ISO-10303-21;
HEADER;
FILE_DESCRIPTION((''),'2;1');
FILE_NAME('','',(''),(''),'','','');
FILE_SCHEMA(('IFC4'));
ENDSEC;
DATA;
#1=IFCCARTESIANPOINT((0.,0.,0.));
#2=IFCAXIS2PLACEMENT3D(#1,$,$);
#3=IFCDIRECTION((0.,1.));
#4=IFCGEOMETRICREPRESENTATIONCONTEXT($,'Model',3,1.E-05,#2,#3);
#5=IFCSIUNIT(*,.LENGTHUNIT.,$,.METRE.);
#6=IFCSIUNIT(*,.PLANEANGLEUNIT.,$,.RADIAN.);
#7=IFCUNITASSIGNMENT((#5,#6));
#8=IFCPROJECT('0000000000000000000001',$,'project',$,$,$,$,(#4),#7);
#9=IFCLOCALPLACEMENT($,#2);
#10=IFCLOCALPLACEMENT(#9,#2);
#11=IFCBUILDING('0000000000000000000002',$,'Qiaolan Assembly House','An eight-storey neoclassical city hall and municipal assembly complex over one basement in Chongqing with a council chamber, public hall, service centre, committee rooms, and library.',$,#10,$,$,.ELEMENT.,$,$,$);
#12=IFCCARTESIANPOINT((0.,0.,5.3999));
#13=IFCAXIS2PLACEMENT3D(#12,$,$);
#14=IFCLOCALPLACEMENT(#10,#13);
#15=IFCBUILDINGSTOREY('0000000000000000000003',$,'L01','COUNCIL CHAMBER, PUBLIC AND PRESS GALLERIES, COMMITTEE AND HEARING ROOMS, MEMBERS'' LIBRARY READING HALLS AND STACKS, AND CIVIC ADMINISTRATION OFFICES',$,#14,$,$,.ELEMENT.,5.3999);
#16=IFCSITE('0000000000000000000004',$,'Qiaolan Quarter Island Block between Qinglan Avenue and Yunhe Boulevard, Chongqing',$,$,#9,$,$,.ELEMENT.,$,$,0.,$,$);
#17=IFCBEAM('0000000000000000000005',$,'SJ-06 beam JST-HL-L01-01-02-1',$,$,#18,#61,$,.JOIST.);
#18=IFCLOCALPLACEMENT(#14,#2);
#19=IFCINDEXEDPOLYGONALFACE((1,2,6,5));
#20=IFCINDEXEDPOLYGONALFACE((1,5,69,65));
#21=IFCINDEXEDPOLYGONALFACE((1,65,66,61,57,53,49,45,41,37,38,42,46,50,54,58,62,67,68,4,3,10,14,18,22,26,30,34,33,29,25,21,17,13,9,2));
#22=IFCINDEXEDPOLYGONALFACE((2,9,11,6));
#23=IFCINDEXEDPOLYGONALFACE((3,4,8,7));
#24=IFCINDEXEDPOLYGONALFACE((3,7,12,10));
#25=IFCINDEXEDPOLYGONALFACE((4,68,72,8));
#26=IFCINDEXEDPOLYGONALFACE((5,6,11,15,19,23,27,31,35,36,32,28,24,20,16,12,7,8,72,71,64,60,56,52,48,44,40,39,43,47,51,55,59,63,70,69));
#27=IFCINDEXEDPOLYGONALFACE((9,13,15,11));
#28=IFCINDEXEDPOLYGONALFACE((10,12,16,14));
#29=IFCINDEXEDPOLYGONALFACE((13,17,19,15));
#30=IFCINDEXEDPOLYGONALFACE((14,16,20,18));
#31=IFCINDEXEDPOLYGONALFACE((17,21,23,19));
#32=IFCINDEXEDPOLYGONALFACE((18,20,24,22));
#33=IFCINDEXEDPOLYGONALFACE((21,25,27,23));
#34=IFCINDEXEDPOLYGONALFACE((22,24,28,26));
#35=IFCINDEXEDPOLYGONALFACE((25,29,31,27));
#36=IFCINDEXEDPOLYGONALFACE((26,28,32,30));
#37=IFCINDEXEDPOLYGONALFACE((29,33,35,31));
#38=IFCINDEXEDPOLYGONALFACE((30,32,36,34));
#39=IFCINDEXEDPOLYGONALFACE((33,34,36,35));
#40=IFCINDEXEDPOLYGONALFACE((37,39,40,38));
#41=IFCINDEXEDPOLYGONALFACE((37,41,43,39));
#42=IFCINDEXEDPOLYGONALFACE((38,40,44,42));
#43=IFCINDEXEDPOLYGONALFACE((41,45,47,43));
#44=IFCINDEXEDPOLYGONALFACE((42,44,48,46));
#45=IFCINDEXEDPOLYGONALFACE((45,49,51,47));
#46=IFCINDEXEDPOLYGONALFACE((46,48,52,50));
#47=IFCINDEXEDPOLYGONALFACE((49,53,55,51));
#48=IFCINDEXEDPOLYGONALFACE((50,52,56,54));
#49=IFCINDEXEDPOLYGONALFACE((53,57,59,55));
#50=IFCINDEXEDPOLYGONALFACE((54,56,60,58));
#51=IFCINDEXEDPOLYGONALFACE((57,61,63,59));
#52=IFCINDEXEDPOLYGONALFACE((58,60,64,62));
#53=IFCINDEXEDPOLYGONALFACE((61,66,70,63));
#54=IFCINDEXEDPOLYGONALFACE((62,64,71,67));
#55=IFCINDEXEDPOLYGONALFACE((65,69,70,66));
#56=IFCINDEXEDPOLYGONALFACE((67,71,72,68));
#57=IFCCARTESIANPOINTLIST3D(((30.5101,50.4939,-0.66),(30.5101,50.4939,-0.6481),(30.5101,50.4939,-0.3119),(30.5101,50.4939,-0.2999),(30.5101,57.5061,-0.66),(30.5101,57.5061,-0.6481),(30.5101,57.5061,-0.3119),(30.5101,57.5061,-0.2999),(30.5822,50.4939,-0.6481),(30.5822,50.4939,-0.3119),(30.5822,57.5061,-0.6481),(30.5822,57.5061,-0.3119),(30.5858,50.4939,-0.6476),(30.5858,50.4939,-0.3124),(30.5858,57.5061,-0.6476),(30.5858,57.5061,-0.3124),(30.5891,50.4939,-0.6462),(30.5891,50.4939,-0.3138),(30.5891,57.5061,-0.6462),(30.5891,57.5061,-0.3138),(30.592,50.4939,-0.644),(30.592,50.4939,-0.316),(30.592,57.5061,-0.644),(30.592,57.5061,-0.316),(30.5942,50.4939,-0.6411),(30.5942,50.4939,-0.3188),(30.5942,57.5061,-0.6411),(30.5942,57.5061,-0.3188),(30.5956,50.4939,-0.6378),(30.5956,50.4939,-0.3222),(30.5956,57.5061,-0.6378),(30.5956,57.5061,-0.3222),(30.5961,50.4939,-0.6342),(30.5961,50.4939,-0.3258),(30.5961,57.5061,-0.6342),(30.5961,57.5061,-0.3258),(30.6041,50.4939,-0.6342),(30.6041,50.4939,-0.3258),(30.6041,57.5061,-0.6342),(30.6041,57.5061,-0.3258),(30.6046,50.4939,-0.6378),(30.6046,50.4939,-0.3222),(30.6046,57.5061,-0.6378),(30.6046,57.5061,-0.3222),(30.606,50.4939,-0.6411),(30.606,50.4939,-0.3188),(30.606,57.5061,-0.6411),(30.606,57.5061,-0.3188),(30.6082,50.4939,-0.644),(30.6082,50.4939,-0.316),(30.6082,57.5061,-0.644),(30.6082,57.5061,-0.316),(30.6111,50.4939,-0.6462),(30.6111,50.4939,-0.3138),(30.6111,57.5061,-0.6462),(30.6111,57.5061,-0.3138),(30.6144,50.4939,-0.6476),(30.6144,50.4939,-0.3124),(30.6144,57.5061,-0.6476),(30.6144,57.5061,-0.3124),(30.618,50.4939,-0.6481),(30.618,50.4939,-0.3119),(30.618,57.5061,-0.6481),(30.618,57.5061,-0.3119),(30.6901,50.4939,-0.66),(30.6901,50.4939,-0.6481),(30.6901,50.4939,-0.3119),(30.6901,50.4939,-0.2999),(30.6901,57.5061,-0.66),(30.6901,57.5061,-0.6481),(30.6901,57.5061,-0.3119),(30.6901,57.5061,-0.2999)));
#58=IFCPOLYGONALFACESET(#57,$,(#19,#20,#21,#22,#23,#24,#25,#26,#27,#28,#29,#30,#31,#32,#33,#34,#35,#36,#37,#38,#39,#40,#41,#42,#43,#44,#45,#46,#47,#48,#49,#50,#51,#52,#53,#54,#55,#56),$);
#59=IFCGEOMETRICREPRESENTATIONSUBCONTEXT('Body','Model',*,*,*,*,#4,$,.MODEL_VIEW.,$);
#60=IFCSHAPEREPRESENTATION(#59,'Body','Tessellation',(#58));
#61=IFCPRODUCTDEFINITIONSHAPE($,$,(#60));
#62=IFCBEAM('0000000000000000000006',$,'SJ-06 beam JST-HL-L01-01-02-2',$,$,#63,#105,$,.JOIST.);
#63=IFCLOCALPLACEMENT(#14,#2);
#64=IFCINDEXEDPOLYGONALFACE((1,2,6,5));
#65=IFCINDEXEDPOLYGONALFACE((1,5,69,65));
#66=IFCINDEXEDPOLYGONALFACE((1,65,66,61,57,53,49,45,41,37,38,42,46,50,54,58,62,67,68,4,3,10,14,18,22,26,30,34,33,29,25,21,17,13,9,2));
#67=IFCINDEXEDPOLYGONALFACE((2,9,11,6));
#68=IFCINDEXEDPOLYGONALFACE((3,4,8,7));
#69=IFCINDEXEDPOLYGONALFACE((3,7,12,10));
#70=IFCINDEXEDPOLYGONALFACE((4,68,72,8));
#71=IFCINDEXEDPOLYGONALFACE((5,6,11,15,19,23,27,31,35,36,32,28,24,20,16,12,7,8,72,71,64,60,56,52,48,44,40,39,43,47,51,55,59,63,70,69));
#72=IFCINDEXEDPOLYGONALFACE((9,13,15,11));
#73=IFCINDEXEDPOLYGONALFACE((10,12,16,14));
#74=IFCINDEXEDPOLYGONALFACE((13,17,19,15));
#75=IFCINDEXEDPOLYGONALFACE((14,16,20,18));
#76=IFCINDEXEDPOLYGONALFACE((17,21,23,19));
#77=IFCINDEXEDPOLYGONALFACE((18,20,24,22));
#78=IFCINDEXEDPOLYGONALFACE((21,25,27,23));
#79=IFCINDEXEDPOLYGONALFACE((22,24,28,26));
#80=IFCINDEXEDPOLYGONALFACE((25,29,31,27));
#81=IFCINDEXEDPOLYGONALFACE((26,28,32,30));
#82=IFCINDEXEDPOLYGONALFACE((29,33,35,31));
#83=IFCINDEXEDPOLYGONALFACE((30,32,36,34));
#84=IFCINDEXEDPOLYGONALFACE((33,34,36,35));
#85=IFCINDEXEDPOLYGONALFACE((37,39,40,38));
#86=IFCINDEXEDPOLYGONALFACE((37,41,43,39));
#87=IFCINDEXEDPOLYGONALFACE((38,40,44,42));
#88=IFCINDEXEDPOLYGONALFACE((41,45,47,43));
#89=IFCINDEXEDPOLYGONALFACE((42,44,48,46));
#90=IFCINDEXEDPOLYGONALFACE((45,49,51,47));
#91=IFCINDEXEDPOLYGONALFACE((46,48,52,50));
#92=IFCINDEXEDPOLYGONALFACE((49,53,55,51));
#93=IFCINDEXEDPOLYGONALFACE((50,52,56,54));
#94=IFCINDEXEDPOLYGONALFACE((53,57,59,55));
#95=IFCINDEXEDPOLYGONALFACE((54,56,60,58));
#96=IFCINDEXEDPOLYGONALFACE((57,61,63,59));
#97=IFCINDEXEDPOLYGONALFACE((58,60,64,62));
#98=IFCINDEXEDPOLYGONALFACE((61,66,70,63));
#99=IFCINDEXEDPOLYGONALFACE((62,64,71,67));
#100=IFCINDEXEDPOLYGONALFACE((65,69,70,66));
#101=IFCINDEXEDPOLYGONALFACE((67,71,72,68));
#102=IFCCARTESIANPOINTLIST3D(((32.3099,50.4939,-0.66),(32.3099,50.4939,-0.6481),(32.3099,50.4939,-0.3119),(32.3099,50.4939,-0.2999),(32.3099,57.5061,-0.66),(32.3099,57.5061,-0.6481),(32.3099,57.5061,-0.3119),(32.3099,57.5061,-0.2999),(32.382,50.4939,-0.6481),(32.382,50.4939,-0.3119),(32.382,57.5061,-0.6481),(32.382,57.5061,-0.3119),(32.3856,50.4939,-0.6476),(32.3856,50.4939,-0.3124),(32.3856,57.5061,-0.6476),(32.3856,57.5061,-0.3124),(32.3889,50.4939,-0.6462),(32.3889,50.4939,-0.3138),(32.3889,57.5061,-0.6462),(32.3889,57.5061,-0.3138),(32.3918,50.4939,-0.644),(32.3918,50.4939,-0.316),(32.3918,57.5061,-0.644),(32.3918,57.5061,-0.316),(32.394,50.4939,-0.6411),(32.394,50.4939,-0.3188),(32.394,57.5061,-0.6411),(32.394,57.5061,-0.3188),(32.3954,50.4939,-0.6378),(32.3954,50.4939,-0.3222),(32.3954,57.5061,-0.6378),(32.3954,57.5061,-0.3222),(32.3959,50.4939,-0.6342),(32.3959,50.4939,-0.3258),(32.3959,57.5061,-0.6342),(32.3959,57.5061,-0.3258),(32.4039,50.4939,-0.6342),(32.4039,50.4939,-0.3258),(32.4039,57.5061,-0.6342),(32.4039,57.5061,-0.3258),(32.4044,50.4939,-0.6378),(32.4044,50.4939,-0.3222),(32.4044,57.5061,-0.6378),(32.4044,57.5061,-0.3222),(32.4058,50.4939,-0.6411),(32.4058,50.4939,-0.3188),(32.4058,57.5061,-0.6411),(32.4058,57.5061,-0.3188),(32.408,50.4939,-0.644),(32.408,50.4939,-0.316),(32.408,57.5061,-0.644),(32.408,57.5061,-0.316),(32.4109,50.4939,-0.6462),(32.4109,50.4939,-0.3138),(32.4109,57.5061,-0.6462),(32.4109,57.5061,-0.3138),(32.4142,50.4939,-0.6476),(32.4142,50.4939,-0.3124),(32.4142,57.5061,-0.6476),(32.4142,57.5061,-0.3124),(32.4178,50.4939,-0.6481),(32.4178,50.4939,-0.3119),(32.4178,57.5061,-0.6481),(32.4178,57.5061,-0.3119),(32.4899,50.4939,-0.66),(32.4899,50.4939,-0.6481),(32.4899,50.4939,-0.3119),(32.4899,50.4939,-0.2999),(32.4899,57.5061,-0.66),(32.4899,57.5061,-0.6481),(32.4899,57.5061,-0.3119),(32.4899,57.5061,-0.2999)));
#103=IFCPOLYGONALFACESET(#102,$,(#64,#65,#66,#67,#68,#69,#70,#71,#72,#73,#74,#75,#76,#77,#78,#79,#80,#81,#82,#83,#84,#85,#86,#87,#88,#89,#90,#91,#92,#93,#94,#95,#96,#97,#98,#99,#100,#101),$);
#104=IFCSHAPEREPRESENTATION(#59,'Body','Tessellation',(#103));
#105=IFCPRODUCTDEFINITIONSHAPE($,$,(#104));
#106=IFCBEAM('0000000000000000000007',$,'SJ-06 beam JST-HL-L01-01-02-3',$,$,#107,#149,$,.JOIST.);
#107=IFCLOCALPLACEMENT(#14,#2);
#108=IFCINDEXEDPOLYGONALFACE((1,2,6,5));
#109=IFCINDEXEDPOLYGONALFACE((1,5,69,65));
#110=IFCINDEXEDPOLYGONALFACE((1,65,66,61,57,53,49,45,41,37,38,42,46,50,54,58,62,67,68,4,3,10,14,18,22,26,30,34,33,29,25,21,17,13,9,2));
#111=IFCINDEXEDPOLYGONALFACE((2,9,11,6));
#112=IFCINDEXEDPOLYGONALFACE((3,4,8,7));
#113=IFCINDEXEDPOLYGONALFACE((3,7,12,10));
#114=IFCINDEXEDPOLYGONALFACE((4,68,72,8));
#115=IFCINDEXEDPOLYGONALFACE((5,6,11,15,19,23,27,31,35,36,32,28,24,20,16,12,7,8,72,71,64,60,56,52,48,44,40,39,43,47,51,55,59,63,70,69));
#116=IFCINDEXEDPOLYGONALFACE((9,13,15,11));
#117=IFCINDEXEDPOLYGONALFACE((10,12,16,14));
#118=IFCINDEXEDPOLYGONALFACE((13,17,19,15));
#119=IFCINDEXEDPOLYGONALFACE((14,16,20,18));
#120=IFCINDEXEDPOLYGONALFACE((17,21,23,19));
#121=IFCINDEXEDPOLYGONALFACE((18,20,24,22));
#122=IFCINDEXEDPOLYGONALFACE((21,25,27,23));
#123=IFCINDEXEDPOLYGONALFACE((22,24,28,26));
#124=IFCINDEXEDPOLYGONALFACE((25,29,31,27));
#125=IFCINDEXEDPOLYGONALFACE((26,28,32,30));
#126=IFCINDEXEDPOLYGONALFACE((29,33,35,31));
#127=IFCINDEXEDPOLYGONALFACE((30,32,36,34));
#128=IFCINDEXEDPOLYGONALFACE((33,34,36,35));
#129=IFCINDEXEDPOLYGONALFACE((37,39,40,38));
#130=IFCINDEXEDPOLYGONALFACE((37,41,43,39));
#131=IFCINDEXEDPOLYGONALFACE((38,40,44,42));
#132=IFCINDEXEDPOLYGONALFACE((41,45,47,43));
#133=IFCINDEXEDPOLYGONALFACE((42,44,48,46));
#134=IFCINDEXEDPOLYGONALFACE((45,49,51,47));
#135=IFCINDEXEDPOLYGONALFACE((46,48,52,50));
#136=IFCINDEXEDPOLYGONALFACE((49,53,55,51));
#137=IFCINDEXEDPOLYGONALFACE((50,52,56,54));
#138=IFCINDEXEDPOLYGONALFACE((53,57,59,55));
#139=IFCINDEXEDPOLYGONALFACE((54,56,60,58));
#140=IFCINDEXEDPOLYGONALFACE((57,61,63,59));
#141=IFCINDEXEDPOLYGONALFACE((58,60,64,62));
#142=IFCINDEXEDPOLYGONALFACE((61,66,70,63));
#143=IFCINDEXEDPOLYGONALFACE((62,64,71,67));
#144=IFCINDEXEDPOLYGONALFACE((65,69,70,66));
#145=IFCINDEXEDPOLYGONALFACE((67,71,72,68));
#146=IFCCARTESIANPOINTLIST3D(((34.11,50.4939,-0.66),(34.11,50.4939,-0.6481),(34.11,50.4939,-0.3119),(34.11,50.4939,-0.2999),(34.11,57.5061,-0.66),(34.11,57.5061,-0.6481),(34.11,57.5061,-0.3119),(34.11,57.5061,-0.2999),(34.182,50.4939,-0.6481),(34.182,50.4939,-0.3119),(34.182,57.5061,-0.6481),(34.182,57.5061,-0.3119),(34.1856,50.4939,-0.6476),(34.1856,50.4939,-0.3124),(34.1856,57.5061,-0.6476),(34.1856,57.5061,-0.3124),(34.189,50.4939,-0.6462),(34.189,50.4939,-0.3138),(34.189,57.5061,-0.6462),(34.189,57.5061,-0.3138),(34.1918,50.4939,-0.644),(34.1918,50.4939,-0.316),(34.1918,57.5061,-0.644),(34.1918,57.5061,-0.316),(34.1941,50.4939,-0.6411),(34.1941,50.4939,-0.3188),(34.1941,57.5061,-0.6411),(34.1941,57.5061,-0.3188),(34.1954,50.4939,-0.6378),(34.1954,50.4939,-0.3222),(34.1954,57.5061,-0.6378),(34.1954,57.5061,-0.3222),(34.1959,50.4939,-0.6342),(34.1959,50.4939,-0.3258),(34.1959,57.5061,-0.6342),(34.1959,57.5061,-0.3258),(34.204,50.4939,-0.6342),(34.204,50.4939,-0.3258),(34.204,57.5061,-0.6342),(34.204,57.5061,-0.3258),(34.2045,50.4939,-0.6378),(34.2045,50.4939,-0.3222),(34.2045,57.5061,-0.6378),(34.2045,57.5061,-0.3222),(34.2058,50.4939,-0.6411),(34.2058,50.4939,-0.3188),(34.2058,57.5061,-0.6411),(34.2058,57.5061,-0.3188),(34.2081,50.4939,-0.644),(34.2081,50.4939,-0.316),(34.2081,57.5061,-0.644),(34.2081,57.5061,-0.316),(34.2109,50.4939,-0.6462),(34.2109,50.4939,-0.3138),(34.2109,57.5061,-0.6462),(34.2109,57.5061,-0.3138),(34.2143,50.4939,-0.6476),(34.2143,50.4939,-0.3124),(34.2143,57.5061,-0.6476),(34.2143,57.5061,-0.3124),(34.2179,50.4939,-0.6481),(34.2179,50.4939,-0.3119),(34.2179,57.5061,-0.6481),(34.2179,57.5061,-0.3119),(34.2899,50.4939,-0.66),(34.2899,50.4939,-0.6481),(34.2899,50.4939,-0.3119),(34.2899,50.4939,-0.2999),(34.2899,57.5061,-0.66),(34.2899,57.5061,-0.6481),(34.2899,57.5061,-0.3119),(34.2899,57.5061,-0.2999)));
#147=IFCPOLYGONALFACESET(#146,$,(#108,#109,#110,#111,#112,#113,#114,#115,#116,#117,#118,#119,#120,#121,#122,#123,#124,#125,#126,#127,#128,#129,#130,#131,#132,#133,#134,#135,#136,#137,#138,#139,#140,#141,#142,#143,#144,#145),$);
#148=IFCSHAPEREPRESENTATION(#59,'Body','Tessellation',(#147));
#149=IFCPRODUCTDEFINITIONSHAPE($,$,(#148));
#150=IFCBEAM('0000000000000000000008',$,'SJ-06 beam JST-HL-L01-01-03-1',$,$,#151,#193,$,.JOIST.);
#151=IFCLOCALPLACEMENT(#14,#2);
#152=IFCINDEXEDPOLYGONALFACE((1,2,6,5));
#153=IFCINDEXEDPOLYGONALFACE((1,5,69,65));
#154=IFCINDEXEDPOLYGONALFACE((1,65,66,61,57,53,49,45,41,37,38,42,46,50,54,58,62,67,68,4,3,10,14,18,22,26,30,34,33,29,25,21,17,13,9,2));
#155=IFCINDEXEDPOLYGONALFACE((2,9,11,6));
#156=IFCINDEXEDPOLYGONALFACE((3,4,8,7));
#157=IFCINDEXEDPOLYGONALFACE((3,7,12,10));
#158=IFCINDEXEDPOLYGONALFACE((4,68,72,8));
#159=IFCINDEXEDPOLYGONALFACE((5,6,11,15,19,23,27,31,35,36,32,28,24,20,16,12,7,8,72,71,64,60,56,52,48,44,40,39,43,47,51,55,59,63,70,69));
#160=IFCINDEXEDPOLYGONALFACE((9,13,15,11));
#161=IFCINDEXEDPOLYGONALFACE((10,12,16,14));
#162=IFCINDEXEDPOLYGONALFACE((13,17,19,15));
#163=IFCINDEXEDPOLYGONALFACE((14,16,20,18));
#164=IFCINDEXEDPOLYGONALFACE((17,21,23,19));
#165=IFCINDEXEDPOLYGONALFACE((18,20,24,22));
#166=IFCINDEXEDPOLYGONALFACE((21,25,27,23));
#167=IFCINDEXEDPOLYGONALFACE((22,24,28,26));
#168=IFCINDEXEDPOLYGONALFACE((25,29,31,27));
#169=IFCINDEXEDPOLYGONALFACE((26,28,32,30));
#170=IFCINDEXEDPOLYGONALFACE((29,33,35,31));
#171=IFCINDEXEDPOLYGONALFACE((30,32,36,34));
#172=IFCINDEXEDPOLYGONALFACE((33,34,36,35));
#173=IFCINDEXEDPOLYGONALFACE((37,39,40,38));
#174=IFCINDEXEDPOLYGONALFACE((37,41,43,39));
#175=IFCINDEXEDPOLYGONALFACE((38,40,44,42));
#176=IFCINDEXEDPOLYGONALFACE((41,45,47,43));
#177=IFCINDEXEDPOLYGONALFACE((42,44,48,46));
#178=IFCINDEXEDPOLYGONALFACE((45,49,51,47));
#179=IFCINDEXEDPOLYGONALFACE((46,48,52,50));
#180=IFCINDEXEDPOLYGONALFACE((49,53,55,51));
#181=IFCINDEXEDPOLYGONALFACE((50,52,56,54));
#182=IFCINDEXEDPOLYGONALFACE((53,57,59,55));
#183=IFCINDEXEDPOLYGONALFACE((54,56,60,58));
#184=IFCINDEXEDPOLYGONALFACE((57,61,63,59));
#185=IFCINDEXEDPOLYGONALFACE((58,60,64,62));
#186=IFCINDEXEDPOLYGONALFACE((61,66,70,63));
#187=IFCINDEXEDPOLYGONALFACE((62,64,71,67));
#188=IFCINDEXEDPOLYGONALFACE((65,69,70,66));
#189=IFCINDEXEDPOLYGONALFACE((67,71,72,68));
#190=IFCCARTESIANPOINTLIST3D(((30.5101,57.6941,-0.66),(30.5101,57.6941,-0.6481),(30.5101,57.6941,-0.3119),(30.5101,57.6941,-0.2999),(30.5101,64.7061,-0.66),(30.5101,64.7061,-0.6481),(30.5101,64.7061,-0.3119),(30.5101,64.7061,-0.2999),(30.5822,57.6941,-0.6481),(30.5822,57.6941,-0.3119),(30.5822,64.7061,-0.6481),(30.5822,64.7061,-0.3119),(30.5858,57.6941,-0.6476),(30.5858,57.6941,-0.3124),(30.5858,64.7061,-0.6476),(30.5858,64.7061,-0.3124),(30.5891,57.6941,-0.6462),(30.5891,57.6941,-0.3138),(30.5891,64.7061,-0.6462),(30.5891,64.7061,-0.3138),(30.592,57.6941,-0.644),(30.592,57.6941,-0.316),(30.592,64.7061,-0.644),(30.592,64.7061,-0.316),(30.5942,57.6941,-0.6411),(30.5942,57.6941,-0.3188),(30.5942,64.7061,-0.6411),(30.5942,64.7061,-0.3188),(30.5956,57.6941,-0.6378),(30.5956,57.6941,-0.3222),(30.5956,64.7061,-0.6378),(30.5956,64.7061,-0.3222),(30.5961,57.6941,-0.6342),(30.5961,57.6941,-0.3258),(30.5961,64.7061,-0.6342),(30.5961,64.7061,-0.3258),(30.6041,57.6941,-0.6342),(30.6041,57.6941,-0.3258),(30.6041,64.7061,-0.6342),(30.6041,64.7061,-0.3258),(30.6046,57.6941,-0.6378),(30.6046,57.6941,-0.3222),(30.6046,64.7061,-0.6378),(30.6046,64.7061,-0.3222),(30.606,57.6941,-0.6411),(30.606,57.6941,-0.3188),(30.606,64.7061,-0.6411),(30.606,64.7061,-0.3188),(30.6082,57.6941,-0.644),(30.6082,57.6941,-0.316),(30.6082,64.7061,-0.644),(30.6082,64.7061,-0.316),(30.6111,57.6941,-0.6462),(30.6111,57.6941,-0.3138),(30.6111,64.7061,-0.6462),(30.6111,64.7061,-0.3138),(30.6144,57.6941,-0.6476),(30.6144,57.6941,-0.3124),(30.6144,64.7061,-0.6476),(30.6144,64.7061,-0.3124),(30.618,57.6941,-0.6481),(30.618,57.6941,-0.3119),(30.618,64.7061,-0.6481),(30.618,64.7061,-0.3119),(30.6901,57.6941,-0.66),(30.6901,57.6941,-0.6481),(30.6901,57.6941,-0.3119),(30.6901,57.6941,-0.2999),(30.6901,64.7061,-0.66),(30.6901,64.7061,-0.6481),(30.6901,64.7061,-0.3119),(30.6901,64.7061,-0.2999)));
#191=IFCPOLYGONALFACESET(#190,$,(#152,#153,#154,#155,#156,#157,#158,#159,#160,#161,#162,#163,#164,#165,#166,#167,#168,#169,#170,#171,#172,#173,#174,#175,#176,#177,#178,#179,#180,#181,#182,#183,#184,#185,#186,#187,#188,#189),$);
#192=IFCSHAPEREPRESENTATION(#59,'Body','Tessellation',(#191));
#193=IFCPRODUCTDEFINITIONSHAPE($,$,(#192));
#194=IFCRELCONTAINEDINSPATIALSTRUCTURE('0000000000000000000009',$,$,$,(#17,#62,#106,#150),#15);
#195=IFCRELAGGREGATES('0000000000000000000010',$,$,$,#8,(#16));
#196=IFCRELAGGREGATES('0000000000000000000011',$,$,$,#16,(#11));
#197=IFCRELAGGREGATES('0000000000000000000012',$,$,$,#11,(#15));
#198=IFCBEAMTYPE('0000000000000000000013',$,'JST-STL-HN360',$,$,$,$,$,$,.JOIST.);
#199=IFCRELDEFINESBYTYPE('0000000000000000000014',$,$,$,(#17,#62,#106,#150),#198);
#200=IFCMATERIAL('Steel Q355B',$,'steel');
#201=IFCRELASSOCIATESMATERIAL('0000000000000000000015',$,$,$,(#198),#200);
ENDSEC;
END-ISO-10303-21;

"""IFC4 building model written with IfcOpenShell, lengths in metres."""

from ifc_helpers import new_model, si_unit, direction, frame, origin, origin_2d, place, context, subcontext, project, spatial, i_section, extrude, material, material_profile, profile_set, type_object, element, save


model = new_model("IFC4")

# Units and contexts
model_context = context("Model", 3, precision=1e-05, world=origin(), true_north=direction((0.0, 1.0)))
body_context = subcontext(model_context, "Body", "Model", "MODEL_VIEW")
ifc_project = project(units=[si_unit("LENGTHUNIT", "METRE"), si_unit("PLANEANGLEUNIT", "RADIAN")], contexts=[model_context])

# Site, building, storey
site_placement = place(None, origin())
site = spatial("IfcSite", under=ifc_project, at=site_placement, Name="Qiaolan Quarter Island Block between Qinglan Avenue and Yunhe Boulevard, Chongqing", CompositionType="ELEMENT", RefElevation=0.0)
building_placement = place(site_placement, origin())
building = spatial("IfcBuilding", under=site, at=building_placement, Name="Qiaolan Assembly House", Description="An eight-storey neoclassical city hall and municipal assembly complex over one basement in Chongqing with a council chamber, public hall, service centre, committee rooms, and library.", CompositionType="ELEMENT")
storey_placement = place(building_placement, frame((0.0, 0.0, 5.3999)))
storey = spatial("IfcBuildingStorey", under=building, at=storey_placement, Name="L01", Description="COUNCIL CHAMBER, PUBLIC AND PRESS GALLERIES, COMMITTEE AND HEARING ROOMS, MEMBERS' LIBRARY READING HALLS AND STACKS, AND CIVIC ADMINISTRATION OFFICES", CompositionType="ELEMENT", Elevation=5.3999)

# Shared definitions
ifc_material = material(Name="Steel Q355B", Category="steel")

# Beams
ifc_material_profile_1 = material_profile(ifc_material, i_section(OverallWidth=0.1799, OverallDepth=0.3601, WebThickness=0.0081, FlangeThickness=0.012, FilletRadius=0.0139, at=origin_2d()), Name="HN 360x180x8x12")
ifc_profile_set_1 = profile_set([ifc_material_profile_1], Name="Steel Q355B")
beam_type_1 = type_object("IfcBeamType", Name="JST-STL-HN360", PredefinedType="JOIST", material=ifc_profile_set_1)
for number, where, z_axis, x_axis, name in (
    (1, (30.6001, 50.4939, -0.48), (0.0, 1.0, 0.0), (-1.0, 0.0, 0.0), "SJ-06 beam JST-HL-L01-01-02-1"),
    (2, (32.3999, 50.4939, -0.48), (0.0, 1.0, 0.0), (-1.0, 0.0, 0.0), "SJ-06 beam JST-HL-L01-01-02-2"),
    (3, (34.2, 50.4939, -0.48), (0.0, 1.0, 0.0), (-1.0, 0.0, 0.0), "SJ-06 beam JST-HL-L01-01-02-3"),
):
    element("IfcBeam", number, at=place(storey_placement, frame(where, z_axis=z_axis, x_axis=x_axis)), inside=storey, type_object=beam_type_1, Name=name, PredefinedType="JOIST", context=body_context, shape_type="SweptSolid", body=[
        extrude(i_section(OverallWidth=0.1799, OverallDepth=0.3601, WebThickness=0.0081, FlangeThickness=0.012, FilletRadius=0.0139, at=origin_2d()), origin(), (0.0, 0.0, 1.0), 7.0122),
    ])
for number, where, z_axis, x_axis, name in (
    (4, (30.6001, 57.6941, -0.48), (0.0, 1.0, 0.0), (-1.0, 0.0, 0.0), "SJ-06 beam JST-HL-L01-01-03-1"),
):
    element("IfcBeam", number, at=place(storey_placement, frame(where, z_axis=z_axis, x_axis=x_axis)), inside=storey, type_object=beam_type_1, Name=name, PredefinedType="JOIST", context=body_context, shape_type="SweptSolid", body=[
        extrude(i_section(OverallWidth=0.1799, OverallDepth=0.3601, WebThickness=0.0081, FlangeThickness=0.012, FilletRadius=0.0139, at=origin_2d()), origin(), (0.0, 0.0, 1.0), 7.012),
    ])

save(model, "model.ifc")
